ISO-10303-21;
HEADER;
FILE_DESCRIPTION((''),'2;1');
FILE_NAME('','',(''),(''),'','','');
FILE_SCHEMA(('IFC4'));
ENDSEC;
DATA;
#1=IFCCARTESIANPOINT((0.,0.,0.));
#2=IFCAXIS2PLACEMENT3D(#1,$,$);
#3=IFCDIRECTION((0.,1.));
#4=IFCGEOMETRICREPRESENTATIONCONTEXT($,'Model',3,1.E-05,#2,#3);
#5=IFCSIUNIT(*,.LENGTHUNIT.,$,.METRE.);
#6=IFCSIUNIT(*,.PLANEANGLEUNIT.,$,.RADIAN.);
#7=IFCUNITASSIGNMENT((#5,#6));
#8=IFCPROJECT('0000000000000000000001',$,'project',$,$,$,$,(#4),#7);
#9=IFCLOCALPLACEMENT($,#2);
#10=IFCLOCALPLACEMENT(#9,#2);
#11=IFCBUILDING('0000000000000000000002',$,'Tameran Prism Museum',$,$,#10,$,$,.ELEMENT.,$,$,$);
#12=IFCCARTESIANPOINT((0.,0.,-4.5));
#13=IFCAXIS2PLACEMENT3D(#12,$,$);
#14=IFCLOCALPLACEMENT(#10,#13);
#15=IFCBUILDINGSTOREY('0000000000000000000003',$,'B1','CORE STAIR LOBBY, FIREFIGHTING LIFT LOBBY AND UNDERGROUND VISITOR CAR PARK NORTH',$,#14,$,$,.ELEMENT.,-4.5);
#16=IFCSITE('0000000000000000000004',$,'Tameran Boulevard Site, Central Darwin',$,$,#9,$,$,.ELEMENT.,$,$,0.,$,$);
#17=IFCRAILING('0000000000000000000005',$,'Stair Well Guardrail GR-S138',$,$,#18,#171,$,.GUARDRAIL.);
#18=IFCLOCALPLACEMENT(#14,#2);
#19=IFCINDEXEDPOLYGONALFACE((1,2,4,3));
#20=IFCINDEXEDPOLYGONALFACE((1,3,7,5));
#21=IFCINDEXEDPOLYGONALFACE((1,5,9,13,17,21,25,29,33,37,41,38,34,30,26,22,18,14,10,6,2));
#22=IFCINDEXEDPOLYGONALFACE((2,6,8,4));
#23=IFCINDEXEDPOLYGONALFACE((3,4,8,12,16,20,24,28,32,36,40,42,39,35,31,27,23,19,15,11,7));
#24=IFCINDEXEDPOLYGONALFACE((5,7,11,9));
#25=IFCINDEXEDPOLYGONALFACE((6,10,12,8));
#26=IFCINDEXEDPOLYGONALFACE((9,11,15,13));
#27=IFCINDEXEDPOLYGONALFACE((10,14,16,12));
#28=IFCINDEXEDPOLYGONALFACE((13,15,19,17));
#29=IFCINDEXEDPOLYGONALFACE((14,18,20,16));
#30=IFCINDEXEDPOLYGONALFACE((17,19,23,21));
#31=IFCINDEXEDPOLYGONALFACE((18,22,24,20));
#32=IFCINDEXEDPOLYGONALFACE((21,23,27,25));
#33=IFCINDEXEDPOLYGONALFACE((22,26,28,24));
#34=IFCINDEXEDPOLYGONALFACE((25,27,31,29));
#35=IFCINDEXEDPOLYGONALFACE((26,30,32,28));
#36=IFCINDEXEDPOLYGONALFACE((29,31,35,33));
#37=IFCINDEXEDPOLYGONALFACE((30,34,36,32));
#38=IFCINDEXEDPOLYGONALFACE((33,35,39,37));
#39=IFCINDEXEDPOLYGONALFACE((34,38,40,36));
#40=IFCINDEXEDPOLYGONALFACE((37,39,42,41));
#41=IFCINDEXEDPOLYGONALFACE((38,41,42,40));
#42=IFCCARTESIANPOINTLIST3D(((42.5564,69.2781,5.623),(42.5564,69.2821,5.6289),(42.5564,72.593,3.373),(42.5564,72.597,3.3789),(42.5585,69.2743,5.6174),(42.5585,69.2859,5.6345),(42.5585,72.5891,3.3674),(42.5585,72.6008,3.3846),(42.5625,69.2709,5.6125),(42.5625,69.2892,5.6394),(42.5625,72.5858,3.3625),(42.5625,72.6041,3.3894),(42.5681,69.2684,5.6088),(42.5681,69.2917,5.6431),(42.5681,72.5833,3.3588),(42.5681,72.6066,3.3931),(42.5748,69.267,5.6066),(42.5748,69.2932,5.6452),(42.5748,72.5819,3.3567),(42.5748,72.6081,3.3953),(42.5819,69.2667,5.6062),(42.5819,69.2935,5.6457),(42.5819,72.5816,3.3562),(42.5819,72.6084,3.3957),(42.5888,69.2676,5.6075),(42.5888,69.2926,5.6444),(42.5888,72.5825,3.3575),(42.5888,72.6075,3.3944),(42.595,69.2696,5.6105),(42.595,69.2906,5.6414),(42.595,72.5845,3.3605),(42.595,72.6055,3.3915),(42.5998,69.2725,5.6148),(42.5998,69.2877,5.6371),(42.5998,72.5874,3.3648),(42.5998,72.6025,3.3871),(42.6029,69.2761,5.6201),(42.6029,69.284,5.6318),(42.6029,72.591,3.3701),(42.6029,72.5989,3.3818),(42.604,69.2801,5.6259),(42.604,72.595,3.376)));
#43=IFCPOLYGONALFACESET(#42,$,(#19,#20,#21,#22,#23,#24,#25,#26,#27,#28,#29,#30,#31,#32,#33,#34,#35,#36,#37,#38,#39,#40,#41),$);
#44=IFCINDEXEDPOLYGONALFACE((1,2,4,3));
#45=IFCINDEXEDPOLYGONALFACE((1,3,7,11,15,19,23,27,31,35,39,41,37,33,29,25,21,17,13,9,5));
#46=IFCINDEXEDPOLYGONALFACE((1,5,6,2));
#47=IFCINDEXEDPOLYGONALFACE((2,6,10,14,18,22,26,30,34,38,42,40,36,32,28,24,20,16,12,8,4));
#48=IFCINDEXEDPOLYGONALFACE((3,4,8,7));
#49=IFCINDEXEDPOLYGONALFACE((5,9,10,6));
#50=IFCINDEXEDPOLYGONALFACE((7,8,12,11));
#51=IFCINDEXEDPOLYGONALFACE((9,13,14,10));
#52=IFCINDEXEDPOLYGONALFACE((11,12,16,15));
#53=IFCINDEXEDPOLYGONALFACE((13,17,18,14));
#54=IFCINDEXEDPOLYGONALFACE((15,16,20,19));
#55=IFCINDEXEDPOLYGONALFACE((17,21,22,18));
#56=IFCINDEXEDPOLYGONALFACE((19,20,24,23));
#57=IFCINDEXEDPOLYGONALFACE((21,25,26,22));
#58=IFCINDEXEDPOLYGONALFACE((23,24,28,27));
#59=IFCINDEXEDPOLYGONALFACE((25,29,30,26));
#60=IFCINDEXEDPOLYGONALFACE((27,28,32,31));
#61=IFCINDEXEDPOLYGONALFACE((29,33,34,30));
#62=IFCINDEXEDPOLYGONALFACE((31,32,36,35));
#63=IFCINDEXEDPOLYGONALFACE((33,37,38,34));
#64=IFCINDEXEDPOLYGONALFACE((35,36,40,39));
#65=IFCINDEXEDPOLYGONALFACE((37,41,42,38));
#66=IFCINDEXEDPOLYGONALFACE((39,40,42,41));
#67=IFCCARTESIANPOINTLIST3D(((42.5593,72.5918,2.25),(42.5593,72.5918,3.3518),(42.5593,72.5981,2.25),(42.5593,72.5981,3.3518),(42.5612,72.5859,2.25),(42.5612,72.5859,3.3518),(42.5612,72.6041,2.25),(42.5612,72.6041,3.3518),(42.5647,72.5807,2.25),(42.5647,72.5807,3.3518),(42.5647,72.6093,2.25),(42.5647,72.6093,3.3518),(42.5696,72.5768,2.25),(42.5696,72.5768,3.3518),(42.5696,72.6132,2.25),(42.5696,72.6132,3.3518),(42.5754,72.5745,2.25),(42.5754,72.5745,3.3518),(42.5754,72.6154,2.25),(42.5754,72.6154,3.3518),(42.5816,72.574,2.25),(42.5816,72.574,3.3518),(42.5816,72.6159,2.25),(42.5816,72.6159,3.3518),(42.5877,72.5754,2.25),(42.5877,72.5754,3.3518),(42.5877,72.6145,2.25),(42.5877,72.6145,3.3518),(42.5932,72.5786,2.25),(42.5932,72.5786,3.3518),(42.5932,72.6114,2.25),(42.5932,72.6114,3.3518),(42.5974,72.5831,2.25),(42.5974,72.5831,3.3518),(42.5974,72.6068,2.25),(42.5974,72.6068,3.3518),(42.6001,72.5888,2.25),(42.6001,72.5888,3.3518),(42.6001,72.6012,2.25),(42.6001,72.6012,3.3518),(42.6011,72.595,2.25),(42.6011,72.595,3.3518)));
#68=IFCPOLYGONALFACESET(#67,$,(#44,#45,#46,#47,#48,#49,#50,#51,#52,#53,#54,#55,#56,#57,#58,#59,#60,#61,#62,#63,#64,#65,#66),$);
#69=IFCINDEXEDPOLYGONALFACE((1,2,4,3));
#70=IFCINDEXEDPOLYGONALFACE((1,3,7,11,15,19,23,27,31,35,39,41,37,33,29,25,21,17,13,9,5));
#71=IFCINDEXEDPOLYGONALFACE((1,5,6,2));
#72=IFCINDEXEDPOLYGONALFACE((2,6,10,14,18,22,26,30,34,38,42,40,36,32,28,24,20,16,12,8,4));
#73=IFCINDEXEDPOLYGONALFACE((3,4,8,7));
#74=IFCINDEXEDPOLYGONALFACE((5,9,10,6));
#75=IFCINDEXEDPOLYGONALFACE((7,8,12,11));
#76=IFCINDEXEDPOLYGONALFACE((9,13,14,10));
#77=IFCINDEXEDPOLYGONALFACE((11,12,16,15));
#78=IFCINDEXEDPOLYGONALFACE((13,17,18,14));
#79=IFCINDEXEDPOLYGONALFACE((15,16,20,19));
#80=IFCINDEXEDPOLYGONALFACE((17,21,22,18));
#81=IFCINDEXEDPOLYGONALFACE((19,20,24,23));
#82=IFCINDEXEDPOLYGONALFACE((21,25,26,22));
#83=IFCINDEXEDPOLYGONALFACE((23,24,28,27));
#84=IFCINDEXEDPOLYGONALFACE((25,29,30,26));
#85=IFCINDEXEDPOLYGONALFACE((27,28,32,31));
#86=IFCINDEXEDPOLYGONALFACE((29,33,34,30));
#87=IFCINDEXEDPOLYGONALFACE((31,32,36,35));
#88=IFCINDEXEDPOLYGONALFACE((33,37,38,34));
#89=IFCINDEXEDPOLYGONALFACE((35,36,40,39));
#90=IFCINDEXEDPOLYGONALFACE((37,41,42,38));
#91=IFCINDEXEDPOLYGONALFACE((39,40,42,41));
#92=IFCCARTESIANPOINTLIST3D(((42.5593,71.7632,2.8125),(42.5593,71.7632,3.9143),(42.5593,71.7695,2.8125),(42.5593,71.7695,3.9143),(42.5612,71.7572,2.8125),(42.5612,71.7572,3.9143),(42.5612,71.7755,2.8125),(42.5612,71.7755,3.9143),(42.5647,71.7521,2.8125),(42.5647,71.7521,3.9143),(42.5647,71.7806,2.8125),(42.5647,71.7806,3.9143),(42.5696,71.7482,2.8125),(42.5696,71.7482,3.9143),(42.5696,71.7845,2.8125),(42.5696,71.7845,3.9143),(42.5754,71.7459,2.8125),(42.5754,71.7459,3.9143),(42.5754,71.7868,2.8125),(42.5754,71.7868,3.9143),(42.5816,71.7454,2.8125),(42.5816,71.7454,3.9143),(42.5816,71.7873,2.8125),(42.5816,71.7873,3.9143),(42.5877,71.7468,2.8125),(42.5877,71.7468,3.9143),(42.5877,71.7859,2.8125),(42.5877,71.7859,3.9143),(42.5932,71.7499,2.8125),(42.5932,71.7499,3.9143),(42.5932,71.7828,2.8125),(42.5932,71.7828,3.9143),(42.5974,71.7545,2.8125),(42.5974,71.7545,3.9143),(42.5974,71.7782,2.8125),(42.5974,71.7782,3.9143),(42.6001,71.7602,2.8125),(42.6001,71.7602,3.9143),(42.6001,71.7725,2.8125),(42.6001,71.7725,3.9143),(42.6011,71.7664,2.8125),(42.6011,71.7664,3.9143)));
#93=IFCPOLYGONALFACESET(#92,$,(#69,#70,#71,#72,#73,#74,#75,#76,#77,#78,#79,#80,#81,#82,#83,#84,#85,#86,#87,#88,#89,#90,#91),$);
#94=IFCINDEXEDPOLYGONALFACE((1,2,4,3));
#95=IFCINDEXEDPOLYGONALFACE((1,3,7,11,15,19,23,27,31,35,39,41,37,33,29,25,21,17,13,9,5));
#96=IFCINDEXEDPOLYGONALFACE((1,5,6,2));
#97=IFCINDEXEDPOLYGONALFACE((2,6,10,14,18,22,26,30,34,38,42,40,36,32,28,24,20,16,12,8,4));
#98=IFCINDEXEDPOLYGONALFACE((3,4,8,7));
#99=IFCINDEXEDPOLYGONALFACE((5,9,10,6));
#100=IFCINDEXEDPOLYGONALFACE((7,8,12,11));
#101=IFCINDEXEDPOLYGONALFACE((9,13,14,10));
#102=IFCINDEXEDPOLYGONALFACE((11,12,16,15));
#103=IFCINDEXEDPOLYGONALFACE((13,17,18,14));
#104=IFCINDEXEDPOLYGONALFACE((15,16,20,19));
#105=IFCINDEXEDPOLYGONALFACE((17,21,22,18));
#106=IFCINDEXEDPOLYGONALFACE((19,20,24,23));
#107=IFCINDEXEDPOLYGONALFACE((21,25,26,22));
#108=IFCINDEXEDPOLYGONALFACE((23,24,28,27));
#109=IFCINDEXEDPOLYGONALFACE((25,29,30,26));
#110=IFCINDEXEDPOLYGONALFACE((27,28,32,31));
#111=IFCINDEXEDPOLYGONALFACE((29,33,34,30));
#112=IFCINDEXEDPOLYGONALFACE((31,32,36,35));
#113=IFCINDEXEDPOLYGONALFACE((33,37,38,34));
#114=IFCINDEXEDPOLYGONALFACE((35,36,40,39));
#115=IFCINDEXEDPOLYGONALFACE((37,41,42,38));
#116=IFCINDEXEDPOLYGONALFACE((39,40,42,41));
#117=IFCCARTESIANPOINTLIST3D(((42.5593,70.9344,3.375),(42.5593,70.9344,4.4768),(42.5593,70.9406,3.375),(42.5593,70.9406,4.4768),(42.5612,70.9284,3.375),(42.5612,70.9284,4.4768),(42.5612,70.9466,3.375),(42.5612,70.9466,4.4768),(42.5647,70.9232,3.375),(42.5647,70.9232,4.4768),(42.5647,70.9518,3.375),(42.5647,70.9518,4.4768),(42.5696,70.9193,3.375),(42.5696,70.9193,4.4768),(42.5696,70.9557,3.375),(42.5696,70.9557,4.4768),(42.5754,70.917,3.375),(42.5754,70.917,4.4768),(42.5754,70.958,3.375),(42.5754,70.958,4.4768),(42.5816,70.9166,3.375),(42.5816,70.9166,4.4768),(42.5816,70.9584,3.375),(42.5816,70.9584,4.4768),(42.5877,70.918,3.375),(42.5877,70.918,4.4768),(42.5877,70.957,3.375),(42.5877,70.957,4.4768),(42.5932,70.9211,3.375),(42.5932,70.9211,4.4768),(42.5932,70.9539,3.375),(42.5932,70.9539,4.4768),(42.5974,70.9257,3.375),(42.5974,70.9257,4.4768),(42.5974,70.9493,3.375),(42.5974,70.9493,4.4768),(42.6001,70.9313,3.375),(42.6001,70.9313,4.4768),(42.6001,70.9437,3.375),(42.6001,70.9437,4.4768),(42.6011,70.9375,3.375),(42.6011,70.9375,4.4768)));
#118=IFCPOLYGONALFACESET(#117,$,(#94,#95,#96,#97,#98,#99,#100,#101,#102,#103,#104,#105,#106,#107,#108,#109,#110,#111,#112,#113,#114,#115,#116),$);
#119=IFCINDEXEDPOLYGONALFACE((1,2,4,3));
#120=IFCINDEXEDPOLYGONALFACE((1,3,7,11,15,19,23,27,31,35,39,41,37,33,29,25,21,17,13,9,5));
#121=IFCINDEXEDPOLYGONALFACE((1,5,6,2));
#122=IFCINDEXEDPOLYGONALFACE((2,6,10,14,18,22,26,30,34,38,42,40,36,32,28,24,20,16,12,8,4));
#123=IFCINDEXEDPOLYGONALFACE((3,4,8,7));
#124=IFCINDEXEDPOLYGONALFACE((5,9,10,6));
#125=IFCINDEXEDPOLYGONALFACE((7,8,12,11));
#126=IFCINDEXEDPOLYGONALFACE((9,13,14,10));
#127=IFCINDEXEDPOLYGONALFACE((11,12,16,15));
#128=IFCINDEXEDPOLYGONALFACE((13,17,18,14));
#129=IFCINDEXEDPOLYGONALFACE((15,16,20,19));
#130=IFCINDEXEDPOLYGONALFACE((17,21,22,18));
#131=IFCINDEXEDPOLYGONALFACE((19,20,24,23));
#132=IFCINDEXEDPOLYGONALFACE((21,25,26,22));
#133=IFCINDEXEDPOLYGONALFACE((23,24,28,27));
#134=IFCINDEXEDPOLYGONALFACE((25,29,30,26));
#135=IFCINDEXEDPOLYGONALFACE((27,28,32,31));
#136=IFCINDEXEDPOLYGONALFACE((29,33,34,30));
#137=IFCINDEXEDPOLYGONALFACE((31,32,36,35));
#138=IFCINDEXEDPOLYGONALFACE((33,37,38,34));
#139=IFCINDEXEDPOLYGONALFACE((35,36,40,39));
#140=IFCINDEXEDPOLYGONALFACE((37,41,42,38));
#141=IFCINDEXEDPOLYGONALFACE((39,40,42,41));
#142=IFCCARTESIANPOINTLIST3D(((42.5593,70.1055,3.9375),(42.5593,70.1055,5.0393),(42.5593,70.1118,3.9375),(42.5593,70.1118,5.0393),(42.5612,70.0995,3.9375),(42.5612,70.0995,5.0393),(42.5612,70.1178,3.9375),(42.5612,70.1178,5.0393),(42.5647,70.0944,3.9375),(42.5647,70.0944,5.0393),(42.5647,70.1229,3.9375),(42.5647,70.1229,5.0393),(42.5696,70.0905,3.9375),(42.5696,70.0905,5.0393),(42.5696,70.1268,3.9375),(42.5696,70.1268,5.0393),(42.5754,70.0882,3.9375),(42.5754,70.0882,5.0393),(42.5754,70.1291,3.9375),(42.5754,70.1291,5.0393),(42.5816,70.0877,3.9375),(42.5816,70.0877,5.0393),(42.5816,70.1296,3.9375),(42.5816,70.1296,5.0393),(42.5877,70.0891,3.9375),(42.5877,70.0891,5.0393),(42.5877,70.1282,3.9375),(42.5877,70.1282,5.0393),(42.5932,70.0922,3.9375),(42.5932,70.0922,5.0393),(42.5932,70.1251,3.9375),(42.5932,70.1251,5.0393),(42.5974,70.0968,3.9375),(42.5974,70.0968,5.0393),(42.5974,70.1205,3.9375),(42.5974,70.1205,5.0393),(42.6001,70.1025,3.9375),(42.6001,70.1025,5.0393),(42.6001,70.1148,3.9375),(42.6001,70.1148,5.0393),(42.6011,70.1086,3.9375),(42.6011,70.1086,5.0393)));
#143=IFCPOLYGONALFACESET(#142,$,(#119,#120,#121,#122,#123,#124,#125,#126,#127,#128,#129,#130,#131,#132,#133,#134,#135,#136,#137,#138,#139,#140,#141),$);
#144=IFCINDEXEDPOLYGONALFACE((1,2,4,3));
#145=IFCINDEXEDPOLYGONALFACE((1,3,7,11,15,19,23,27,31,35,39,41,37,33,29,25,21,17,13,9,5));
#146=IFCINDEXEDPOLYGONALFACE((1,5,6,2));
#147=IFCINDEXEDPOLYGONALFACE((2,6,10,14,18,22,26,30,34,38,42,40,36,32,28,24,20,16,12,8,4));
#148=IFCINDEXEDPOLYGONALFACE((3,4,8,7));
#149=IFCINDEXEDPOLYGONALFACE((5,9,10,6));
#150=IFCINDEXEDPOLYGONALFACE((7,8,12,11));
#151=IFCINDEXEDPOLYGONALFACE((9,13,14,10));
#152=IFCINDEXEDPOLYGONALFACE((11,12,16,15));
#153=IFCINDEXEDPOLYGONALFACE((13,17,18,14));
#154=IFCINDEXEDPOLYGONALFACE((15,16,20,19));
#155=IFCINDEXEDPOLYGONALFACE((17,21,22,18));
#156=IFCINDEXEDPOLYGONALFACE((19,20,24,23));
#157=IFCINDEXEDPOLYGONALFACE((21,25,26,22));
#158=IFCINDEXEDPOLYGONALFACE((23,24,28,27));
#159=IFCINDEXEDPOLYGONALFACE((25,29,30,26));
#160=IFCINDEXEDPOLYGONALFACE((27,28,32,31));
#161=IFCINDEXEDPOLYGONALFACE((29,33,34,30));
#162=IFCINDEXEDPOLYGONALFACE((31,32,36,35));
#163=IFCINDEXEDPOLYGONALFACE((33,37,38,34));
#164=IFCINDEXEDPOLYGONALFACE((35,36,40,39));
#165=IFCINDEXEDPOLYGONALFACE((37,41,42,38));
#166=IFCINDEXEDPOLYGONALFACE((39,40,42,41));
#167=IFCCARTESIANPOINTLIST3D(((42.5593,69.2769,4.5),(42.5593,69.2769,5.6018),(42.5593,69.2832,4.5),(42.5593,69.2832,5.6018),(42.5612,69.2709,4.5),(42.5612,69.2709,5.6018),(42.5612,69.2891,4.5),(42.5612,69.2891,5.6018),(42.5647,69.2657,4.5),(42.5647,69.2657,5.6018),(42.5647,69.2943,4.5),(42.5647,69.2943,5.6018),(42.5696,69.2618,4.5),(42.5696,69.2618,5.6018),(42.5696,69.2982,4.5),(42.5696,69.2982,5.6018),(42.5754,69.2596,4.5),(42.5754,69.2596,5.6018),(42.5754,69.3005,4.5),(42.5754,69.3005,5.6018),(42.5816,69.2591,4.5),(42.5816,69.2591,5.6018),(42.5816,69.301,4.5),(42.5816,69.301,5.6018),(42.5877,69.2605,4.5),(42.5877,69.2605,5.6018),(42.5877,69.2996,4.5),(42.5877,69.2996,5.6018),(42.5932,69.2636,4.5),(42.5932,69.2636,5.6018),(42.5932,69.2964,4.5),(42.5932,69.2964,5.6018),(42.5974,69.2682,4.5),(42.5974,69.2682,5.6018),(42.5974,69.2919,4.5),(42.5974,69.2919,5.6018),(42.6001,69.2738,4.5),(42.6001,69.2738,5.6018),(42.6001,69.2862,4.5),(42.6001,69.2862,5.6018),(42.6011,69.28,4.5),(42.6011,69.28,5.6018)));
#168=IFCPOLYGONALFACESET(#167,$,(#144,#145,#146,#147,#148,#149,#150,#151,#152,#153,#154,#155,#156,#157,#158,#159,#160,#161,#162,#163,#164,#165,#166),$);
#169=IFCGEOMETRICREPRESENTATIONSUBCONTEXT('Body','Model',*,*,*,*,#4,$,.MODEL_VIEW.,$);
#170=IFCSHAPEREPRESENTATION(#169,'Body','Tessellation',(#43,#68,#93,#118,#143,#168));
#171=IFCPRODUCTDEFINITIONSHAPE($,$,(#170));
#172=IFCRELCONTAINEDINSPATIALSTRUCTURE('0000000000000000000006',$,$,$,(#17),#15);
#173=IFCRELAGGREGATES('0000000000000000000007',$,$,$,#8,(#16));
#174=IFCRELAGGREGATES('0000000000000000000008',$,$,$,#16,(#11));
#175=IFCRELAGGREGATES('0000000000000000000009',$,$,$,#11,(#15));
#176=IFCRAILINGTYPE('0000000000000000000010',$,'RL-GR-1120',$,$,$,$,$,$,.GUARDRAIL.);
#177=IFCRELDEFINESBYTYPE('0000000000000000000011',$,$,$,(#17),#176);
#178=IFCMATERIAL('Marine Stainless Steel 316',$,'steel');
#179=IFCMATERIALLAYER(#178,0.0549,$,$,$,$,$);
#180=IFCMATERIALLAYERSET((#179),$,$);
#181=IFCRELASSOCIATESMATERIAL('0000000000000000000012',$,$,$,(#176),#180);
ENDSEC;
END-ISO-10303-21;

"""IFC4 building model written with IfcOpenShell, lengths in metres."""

from ifc_helpers import new_model, si_unit, direction, frame, origin, origin_2d, place, context, subcontext, project, spatial, circle, extrude, material, layer, layer_set, type_object, element, save


model = new_model("IFC4")

# Units and contexts
model_context = context("Model", 3, precision=1e-05, world=origin(), true_north=direction((0.0, 1.0)))
body_context = subcontext(model_context, "Body", "Model", "MODEL_VIEW")
ifc_project = project(units=[si_unit("LENGTHUNIT", "METRE"), si_unit("PLANEANGLEUNIT", "RADIAN")], contexts=[model_context])

# Site, building, storey
site_placement = place(None, origin())
site = spatial("IfcSite", under=ifc_project, at=site_placement, Name="Tameran Boulevard Site, Central Darwin", CompositionType="ELEMENT", RefElevation=0.0)
building_placement = place(site_placement, origin())
building = spatial("IfcBuilding", under=site, at=building_placement, Name="Tameran Prism Museum", CompositionType="ELEMENT")
storey_placement = place(building_placement, frame((0.0, 0.0, -4.5)))
storey = spatial("IfcBuildingStorey", under=building, at=storey_placement, Name="B1", Description="CORE STAIR LOBBY, FIREFIGHTING LIFT LOBBY AND UNDERGROUND VISITOR CAR PARK NORTH", CompositionType="ELEMENT", Elevation=-4.5)

# Railing
ifc_material_1 = material(Name="Marine Stainless Steel 316", Category="steel")
ifc_layer_1 = layer(ifc_material_1, 0.0549)
ifc_layer_set_1 = layer_set([ifc_layer_1])
railing_type_1 = type_object("IfcRailingType", Name="RL-GR-1120", PredefinedType="GUARDRAIL", material=ifc_layer_set_1)
railing_1_placement = place(storey_placement, frame((42.5801, 72.595, 2.25)))
element("IfcRailing", 1, at=railing_1_placement, inside=storey, type_object=railing_type_1, Name="Stair Well Guardrail GR-S138", PredefinedType="GUARDRAIL", context=body_context, shape_type="SweptSolid", body=[
    extrude(circle(Radius=0.0239, at=origin_2d()), frame((0.0, 0.0, 1.126), z_axis=(0.0, -0.827409, 0.5616), x_axis=(1.0, 0.0, 0.0)), (0.0, 0.0, 1.0), 4.0063),
    extrude(circle(Radius=0.021, at=origin_2d()), origin(), (0.0, 0.0, 1.0), 1.1018),
    extrude(circle(Radius=0.021, at=origin_2d()), frame((0.0, -0.8286, 0.5625)), (0.0, 0.0, 1.0), 1.1018),
    extrude(circle(Radius=0.021, at=origin_2d()), frame((0.0, -1.6575, 1.125)), (0.0, 0.0, 1.0), 1.1018),
    extrude(circle(Radius=0.021, at=origin_2d()), frame((0.0, -2.4863, 1.6875)), (0.0, 0.0, 1.0), 1.1018),
    extrude(circle(Radius=0.021, at=origin_2d()), frame((0.0, -3.3149, 2.25)), (0.0, 0.0, 1.0), 1.1018),
])

save(model, "model.ifc")
